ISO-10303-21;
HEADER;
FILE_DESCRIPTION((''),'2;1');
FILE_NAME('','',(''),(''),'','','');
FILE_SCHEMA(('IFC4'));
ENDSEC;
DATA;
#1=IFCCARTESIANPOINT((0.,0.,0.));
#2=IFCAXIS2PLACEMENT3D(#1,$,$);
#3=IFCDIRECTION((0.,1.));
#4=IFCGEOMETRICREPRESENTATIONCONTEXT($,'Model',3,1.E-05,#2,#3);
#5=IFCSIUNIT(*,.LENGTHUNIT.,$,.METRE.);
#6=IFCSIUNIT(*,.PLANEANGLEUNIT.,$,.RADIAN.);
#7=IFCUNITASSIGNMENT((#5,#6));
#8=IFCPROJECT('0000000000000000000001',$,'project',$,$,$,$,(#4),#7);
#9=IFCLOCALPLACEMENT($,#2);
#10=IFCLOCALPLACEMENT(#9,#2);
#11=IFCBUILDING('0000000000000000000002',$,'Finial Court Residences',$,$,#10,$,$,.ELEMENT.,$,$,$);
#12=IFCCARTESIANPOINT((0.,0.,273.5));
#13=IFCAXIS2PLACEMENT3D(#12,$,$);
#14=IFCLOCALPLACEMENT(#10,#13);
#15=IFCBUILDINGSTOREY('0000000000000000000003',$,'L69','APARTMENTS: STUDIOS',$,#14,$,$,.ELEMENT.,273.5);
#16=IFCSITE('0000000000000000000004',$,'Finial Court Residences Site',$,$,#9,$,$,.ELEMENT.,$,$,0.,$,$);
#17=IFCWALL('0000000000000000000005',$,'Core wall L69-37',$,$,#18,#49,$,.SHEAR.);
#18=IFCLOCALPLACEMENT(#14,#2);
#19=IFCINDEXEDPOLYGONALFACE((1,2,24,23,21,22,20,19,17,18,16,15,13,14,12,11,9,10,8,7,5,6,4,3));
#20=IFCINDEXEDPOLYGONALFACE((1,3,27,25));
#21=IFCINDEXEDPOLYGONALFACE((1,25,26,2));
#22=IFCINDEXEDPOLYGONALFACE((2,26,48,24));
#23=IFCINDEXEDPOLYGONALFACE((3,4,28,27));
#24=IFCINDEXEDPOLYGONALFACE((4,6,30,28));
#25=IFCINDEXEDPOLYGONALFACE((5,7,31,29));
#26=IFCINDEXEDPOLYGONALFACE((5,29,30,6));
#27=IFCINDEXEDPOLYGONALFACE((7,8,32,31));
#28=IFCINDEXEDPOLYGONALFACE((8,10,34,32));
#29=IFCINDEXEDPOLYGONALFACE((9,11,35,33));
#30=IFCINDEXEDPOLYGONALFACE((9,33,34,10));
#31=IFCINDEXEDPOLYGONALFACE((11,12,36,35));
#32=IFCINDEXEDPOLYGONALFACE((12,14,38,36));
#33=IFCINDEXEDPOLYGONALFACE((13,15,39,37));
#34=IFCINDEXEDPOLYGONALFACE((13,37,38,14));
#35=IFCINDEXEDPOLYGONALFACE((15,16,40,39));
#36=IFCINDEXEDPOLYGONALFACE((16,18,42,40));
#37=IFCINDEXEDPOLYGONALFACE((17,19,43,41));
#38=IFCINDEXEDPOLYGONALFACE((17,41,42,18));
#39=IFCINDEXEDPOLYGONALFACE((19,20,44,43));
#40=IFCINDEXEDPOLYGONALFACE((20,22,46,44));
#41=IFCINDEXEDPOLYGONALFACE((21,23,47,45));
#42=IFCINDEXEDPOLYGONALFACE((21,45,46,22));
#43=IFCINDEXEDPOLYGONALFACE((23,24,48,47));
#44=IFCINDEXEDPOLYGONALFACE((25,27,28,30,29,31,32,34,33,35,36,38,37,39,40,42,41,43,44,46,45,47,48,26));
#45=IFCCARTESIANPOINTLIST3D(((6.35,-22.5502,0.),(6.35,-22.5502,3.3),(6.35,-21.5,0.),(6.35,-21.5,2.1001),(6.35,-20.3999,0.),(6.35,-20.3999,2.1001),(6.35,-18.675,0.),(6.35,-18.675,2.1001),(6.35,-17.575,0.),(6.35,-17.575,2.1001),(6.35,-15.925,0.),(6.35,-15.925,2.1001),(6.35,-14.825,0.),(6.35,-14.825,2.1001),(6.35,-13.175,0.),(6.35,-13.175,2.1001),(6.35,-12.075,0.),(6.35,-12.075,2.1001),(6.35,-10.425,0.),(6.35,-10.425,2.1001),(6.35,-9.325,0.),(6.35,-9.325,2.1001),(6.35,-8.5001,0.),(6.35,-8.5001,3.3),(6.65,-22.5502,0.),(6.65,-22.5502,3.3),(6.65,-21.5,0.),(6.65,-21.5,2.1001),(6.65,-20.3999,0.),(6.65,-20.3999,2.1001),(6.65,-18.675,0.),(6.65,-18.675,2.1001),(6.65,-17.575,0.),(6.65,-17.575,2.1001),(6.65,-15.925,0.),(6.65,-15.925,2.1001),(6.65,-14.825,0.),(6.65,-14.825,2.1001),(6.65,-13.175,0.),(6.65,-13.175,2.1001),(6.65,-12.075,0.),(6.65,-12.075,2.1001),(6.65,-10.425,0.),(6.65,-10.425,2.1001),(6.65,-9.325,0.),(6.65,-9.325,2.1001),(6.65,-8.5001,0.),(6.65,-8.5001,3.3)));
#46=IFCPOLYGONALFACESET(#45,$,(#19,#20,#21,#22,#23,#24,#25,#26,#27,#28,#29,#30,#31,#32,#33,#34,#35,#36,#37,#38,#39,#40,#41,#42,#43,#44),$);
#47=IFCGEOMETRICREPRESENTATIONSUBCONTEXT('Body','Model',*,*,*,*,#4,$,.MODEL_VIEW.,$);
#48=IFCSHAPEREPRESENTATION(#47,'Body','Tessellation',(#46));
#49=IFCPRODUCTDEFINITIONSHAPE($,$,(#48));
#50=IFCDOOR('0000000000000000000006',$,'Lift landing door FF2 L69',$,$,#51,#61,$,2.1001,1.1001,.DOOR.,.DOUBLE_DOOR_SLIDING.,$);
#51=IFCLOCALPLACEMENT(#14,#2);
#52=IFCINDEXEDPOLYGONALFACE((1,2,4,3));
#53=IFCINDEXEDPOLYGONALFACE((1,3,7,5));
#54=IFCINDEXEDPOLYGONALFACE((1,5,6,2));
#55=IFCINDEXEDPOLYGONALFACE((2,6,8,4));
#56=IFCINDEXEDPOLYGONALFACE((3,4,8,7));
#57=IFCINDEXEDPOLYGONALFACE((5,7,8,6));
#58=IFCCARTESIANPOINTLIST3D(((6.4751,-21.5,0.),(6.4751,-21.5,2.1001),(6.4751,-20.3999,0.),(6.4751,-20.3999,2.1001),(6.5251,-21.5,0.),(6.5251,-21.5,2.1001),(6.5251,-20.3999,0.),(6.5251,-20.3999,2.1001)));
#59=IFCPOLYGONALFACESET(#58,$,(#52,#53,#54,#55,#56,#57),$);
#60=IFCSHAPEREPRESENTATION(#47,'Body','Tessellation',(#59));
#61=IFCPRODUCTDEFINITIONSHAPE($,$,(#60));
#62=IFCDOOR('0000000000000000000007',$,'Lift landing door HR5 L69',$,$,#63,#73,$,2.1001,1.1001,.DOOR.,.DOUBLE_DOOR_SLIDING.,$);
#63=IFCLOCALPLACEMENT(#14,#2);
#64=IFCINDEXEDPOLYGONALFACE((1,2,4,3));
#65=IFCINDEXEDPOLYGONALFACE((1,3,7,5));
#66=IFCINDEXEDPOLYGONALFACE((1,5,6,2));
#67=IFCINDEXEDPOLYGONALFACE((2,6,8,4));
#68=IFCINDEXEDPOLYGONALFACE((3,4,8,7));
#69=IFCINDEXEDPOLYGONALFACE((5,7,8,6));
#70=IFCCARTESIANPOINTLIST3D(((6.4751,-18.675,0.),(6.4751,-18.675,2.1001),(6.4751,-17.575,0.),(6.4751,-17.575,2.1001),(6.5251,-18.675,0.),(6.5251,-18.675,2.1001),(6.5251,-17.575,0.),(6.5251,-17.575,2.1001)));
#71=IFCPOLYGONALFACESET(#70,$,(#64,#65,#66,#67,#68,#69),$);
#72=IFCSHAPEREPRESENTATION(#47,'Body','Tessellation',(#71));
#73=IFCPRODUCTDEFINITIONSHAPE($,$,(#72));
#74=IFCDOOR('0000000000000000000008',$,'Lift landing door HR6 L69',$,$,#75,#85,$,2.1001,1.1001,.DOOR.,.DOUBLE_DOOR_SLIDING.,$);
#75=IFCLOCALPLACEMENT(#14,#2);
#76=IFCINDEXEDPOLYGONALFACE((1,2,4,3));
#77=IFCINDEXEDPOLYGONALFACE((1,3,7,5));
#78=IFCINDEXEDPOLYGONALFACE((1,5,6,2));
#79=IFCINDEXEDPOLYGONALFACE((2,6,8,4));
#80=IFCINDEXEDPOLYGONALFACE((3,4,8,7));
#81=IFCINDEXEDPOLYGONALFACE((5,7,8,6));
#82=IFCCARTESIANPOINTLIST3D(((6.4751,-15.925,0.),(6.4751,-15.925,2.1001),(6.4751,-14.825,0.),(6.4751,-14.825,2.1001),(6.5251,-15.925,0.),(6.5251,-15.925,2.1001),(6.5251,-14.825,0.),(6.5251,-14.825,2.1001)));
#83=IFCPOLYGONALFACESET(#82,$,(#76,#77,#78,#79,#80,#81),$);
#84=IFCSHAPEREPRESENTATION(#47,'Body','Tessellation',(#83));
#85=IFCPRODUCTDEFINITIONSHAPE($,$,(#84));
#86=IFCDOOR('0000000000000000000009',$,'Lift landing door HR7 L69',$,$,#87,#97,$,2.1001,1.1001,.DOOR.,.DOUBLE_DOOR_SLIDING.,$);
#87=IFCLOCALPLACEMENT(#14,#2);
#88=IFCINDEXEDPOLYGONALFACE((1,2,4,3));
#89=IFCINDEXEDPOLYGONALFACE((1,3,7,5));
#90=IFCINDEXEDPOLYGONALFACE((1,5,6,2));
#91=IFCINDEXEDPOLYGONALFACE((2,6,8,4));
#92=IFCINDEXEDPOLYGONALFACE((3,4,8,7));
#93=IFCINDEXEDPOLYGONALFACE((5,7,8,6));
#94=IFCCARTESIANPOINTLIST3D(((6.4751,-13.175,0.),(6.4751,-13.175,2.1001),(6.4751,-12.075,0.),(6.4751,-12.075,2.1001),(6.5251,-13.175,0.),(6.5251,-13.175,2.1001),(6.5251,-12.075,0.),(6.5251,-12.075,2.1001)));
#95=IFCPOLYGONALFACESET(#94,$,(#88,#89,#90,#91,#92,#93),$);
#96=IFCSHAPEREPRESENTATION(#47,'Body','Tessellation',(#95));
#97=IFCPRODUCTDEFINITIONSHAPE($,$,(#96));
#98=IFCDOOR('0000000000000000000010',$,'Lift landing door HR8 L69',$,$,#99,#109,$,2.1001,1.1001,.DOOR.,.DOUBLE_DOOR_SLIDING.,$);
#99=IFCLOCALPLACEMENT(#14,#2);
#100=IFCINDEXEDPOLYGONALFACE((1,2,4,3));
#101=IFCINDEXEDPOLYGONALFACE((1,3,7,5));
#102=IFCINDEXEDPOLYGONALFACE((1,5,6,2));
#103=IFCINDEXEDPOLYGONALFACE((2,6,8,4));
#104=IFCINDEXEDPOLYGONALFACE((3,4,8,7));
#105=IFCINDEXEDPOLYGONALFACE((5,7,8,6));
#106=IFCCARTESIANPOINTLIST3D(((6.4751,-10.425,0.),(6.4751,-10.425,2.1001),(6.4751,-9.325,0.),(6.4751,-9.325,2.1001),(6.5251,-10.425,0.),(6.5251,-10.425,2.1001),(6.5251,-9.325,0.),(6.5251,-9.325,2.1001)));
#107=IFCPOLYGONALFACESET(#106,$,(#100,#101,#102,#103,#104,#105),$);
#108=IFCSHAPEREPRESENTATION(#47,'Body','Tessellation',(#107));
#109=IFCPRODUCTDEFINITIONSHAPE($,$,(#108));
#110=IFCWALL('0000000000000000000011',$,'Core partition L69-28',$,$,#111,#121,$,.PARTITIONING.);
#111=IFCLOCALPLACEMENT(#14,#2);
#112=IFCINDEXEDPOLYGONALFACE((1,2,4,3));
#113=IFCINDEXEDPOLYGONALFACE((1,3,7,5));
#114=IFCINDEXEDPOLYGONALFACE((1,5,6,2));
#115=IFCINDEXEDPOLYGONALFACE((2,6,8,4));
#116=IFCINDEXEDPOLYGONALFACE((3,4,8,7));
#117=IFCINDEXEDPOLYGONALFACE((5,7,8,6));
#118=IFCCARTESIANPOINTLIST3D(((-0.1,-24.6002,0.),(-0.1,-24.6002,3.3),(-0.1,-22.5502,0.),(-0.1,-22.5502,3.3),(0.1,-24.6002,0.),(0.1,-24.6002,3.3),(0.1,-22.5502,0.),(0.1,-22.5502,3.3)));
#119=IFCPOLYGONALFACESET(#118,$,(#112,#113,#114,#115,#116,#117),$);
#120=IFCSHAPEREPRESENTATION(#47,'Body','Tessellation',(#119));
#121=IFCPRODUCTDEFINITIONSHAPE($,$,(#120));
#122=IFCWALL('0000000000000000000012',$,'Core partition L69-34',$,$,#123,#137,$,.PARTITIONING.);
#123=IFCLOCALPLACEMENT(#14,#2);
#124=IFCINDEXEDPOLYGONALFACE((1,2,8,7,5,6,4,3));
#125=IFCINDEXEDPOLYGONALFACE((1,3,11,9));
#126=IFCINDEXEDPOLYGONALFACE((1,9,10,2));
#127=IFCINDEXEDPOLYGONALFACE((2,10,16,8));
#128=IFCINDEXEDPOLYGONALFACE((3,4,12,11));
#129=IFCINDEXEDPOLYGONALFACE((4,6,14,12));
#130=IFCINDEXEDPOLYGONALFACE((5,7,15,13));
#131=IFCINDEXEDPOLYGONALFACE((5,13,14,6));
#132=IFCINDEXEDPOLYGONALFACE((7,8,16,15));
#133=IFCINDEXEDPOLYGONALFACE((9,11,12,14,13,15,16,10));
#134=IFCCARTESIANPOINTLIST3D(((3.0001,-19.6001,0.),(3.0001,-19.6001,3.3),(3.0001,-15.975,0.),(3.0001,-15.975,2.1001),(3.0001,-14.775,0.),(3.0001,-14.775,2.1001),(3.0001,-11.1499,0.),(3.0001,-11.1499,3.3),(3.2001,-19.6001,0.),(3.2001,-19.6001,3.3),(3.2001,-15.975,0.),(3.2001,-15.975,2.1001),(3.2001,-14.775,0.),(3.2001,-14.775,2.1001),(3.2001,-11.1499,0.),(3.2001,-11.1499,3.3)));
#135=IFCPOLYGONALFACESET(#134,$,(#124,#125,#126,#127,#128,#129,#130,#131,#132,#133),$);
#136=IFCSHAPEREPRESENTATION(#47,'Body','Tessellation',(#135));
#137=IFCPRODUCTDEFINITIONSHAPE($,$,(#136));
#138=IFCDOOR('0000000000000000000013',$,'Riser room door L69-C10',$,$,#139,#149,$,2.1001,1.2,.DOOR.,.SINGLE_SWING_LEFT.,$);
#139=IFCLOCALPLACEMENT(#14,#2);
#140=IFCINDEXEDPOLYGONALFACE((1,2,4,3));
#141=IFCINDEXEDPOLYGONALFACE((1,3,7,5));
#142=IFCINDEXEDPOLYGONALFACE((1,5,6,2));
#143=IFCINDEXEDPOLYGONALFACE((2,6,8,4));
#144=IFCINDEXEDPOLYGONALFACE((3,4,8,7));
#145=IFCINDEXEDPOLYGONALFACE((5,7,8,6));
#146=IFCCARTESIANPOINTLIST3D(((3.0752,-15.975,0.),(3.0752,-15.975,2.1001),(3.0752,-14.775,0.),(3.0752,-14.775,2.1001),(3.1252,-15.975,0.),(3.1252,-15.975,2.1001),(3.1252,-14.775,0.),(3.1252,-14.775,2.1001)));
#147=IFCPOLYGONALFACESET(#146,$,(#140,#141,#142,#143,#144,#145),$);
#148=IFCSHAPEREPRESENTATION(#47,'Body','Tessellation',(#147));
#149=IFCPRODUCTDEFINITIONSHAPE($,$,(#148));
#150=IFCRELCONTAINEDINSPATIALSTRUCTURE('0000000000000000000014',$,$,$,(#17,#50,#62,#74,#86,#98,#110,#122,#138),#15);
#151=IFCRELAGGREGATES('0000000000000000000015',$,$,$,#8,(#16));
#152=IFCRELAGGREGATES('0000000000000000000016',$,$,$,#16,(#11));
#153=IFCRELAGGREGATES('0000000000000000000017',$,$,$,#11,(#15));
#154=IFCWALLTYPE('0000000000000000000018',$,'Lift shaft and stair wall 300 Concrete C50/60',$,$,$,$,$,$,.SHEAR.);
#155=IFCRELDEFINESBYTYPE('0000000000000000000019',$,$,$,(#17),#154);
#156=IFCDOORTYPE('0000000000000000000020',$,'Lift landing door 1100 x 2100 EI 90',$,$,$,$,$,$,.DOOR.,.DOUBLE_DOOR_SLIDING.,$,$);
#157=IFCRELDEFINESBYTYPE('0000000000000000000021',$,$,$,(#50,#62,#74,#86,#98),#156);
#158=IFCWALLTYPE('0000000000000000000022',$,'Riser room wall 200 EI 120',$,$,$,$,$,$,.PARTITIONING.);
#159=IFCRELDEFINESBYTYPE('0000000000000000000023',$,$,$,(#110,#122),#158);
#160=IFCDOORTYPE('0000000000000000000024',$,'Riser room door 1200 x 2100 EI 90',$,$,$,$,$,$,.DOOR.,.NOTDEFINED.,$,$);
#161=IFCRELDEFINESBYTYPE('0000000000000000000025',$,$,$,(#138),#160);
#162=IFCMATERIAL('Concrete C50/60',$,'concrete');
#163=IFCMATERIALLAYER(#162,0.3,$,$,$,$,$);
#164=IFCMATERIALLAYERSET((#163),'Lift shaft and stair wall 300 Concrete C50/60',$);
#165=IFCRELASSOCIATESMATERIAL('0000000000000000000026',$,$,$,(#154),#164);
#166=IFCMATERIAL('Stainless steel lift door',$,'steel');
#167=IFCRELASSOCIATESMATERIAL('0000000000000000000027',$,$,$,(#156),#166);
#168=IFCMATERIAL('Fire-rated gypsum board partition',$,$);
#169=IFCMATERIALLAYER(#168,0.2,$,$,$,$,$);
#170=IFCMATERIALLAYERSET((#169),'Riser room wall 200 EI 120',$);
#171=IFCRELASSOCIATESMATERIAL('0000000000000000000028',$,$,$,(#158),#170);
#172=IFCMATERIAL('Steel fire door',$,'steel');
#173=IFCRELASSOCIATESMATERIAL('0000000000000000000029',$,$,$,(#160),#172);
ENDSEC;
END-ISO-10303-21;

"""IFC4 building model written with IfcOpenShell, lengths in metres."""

from ifc_helpers import new_model, si_unit, direction, frame, frame_2d, origin, place, context, subcontext, project, spatial, rectangle, extrude, material, layer, layer_set, type_object, element, fill, save


model = new_model("IFC4")

# Units and contexts
model_context = context("Model", 3, precision=1e-05, world=origin(), true_north=direction((0.0, 1.0)))
body_context = subcontext(model_context, "Body", "Model", "MODEL_VIEW")
ifc_project = project(units=[si_unit("LENGTHUNIT", "METRE"), si_unit("PLANEANGLEUNIT", "RADIAN")], contexts=[model_context])

# Site, building, storey
site_placement = place(None, origin())
site = spatial("IfcSite", under=ifc_project, at=site_placement, Name="Finial Court Residences Site", CompositionType="ELEMENT", RefElevation=0.0)
building_placement = place(site_placement, origin())
building = spatial("IfcBuilding", under=site, at=building_placement, Name="Finial Court Residences", CompositionType="ELEMENT")
storey_placement = place(building_placement, frame((0.0, 0.0, 273.5)))
storey = spatial("IfcBuildingStorey", under=building, at=storey_placement, Name="L69", Description="APARTMENTS: STUDIOS", CompositionType="ELEMENT", Elevation=273.5)

# Shared definitions
ifc_material_1 = material(Name="Fire-rated gypsum board partition")
ifc_material_2 = material(Name="Steel fire door", Category="steel")

# Shared definitions
ifc_material_3 = material(Name="Concrete C50/60", Category="concrete")
ifc_layer_1 = layer(ifc_material_3, 0.3)
ifc_layer_set_1 = layer_set([ifc_layer_1], Name="Lift shaft and stair wall 300 Concrete C50/60")
wall_type_1 = type_object("IfcWallType", Name="Lift shaft and stair wall 300 Concrete C50/60", PredefinedType="SHEAR", material=ifc_layer_set_1)

# Shared definitions
ifc_material_4 = material(Name="Stainless steel lift door", Category="steel")
door_type_1 = type_object("IfcDoorType", Name="Lift landing door 1100 x 2100 EI 90", OperationType="DOUBLE_DOOR_SLIDING", PredefinedType="DOOR", material=ifc_material_4)

# Wall, openings, doors
wall_1_placement = place(storey_placement, frame((6.5, -22.55, 0.0), z_axis=(0.0, 0.0, 1.0), x_axis=(0.0, 1.0, 0.0)))
wall_1 = element("IfcWall", 1, at=wall_1_placement, inside=storey, type_object=wall_type_1, Name="Core wall L69-37", PredefinedType="SHEAR", context=body_context, shape_type="SweptSolid", body=[
    extrude(rectangle(XDim=14.05, YDim=0.3, at=frame_2d((7.0249, 0.0))), origin(), (0.0, 0.0, 1.0), 3.3),
])
opening_1_placement = place(wall_1_placement, frame((1.05, 0.0, 0.0)))
opening_1 = element("IfcOpeningElement", 2, at=opening_1_placement, cuts=wall_1, PredefinedType="OPENING", context=body_context, shape_type="SweptSolid", body=[
    extrude(rectangle(XDim=1.1001, YDim=2.1001, at=frame_2d((0.55, 1.05))), frame((0.0, 0.1599, 0.0), z_axis=(0.0, -1.0, 0.0), x_axis=(1.0, 0.0, 0.0)), (0.0, 0.0, 1.0), 0.3201),
])
opening_2_placement = place(wall_1_placement, frame((3.875, 0.0, 0.0)))
opening_2 = element("IfcOpeningElement", 3, at=opening_2_placement, cuts=wall_1, PredefinedType="OPENING", context=body_context, shape_type="SweptSolid", body=[
    extrude(rectangle(XDim=1.1001, YDim=2.1001, at=frame_2d((0.55, 1.05))), frame((0.0, 0.1599, 0.0), z_axis=(0.0, -1.0, 0.0), x_axis=(1.0, 0.0, 0.0)), (0.0, 0.0, 1.0), 0.3201),
])
opening_3_placement = place(wall_1_placement, frame((6.625, 0.0, 0.0)))
opening_3 = element("IfcOpeningElement", 4, at=opening_3_placement, cuts=wall_1, PredefinedType="OPENING", context=body_context, shape_type="SweptSolid", body=[
    extrude(rectangle(XDim=1.1001, YDim=2.1001, at=frame_2d((0.55, 1.05))), frame((0.0, 0.1599, 0.0), z_axis=(0.0, -1.0, 0.0), x_axis=(1.0, 0.0, 0.0)), (0.0, 0.0, 1.0), 0.3201),
])
opening_4_placement = place(wall_1_placement, frame((9.375, 0.0, 0.0)))
opening_4 = element("IfcOpeningElement", 5, at=opening_4_placement, cuts=wall_1, PredefinedType="OPENING", context=body_context, shape_type="SweptSolid", body=[
    extrude(rectangle(XDim=1.1001, YDim=2.1001, at=frame_2d((0.55, 1.05))), frame((0.0, 0.1599, 0.0), z_axis=(0.0, -1.0, 0.0), x_axis=(1.0, 0.0, 0.0)), (0.0, 0.0, 1.0), 0.3201),
])
opening_5_placement = place(wall_1_placement, frame((12.125, 0.0, 0.0)))
opening_5 = element("IfcOpeningElement", 6, at=opening_5_placement, cuts=wall_1, PredefinedType="OPENING", context=body_context, shape_type="SweptSolid", body=[
    extrude(rectangle(XDim=1.1001, YDim=2.1001, at=frame_2d((0.55, 1.05))), frame((0.0, 0.1599, 0.0), z_axis=(0.0, -1.0, 0.0), x_axis=(1.0, 0.0, 0.0)), (0.0, 0.0, 1.0), 0.3201),
])
door_1_placement = place(opening_1_placement, origin())
door_1 = element("IfcDoor", 7, at=door_1_placement, inside=storey, type_object=door_type_1, Name="Lift landing door FF2 L69", OperationType="DOUBLE_DOOR_SLIDING", OverallHeight=2.1001, OverallWidth=1.1001, PredefinedType="DOOR", context=body_context, shape_type="SweptSolid", body=[
    extrude(rectangle(XDim=1.1001, YDim=2.1001, at=frame_2d((0.55, 1.05))), frame((0.0, 0.0249, 0.0), z_axis=(0.0, -1.0, 0.0), x_axis=(1.0, 0.0, 0.0)), (0.0, 0.0, 1.0), 0.05),
])
fill(opening_1, door_1)
door_2_placement = place(opening_2_placement, origin())
door_2 = element("IfcDoor", 8, at=door_2_placement, inside=storey, type_object=door_type_1, Name="Lift landing door HR5 L69", OperationType="DOUBLE_DOOR_SLIDING", OverallHeight=2.1001, OverallWidth=1.1001, PredefinedType="DOOR", context=body_context, shape_type="SweptSolid", body=[
    extrude(rectangle(XDim=1.1001, YDim=2.1001, at=frame_2d((0.55, 1.05))), frame((0.0, 0.0249, 0.0), z_axis=(0.0, -1.0, 0.0), x_axis=(1.0, 0.0, 0.0)), (0.0, 0.0, 1.0), 0.05),
])
fill(opening_2, door_2)
door_3_placement = place(opening_3_placement, origin())
door_3 = element("IfcDoor", 9, at=door_3_placement, inside=storey, type_object=door_type_1, Name="Lift landing door HR6 L69", OperationType="DOUBLE_DOOR_SLIDING", OverallHeight=2.1001, OverallWidth=1.1001, PredefinedType="DOOR", context=body_context, shape_type="SweptSolid", body=[
    extrude(rectangle(XDim=1.1001, YDim=2.1001, at=frame_2d((0.55, 1.05))), frame((0.0, 0.0249, 0.0), z_axis=(0.0, -1.0, 0.0), x_axis=(1.0, 0.0, 0.0)), (0.0, 0.0, 1.0), 0.05),
])
fill(opening_3, door_3)
door_4_placement = place(opening_4_placement, origin())
door_4 = element("IfcDoor", 10, at=door_4_placement, inside=storey, type_object=door_type_1, Name="Lift landing door HR7 L69", OperationType="DOUBLE_DOOR_SLIDING", OverallHeight=2.1001, OverallWidth=1.1001, PredefinedType="DOOR", context=body_context, shape_type="SweptSolid", body=[
    extrude(rectangle(XDim=1.1001, YDim=2.1001, at=frame_2d((0.55, 1.05))), frame((0.0, 0.0249, 0.0), z_axis=(0.0, -1.0, 0.0), x_axis=(1.0, 0.0, 0.0)), (0.0, 0.0, 1.0), 0.05),
])
fill(opening_4, door_4)
door_5_placement = place(opening_5_placement, origin())
door_5 = element("IfcDoor", 11, at=door_5_placement, inside=storey, type_object=door_type_1, Name="Lift landing door HR8 L69", OperationType="DOUBLE_DOOR_SLIDING", OverallHeight=2.1001, OverallWidth=1.1001, PredefinedType="DOOR", context=body_context, shape_type="SweptSolid", body=[
    extrude(rectangle(XDim=1.1001, YDim=2.1001, at=frame_2d((0.55, 1.05))), frame((0.0, 0.0249, 0.0), z_axis=(0.0, -1.0, 0.0), x_axis=(1.0, 0.0, 0.0)), (0.0, 0.0, 1.0), 0.05),
])
fill(opening_5, door_5)

# Wall
ifc_layer_2 = layer(ifc_material_1, 0.2)
ifc_layer_set_2 = layer_set([ifc_layer_2], Name="Riser room wall 200 EI 120")
wall_type_2 = type_object("IfcWallType", Name="Riser room wall 200 EI 120", PredefinedType="PARTITIONING", material=ifc_layer_set_2)
wall_2_placement = place(storey_placement, frame((0.0, -24.6001, 0.0), z_axis=(0.0, 0.0, 1.0), x_axis=(0.0, 1.0, 0.0)))
element("IfcWall", 12, at=wall_2_placement, inside=storey, type_object=wall_type_2, Name="Core partition L69-28", PredefinedType="PARTITIONING", context=body_context, shape_type="SweptSolid", body=[
    extrude(rectangle(XDim=2.05, YDim=0.2, at=frame_2d((1.0249, 0.0))), origin(), (0.0, 0.0, 1.0), 3.3),
])

# Wall, opening, door
wall_3_placement = place(storey_placement, frame((3.1001, -19.6001, 0.0), z_axis=(0.0, 0.0, 1.0), x_axis=(0.0, 1.0, 0.0)))
wall_3 = element("IfcWall", 13, at=wall_3_placement, inside=storey, type_object=wall_type_2, Name="Core partition L69-34", PredefinedType="PARTITIONING", context=body_context, shape_type="SweptSolid", body=[
    extrude(rectangle(XDim=8.4502, YDim=0.2, at=frame_2d((4.2251, 0.0))), origin(), (0.0, 0.0, 1.0), 3.3),
])
opening_6_placement = place(wall_3_placement, frame((3.625, 0.0, 0.0)))
opening_6 = element("IfcOpeningElement", 14, at=opening_6_placement, cuts=wall_3, PredefinedType="OPENING", context=body_context, shape_type="SweptSolid", body=[
    extrude(rectangle(XDim=1.2, YDim=2.1001, at=frame_2d((0.6001, 1.05))), frame((0.0, 0.1099, 0.0), z_axis=(0.0, -1.0, 0.0), x_axis=(1.0, 0.0, 0.0)), (0.0, 0.0, 1.0), 0.22),
])
door_type_2 = type_object("IfcDoorType", Name="Riser room door 1200 x 2100 EI 90", OperationType="NOTDEFINED", PredefinedType="DOOR", material=ifc_material_2)
door_6_placement = place(opening_6_placement, origin())
door_6 = element("IfcDoor", 15, at=door_6_placement, inside=storey, type_object=door_type_2, Name="Riser room door L69-C10", OperationType="SINGLE_SWING_LEFT", OverallHeight=2.1001, OverallWidth=1.2, PredefinedType="DOOR", context=body_context, shape_type="SweptSolid", body=[
    extrude(rectangle(XDim=1.2, YDim=2.1001, at=frame_2d((0.6001, 1.05))), frame((0.0, 0.0249, 0.0), z_axis=(0.0, -1.0, 0.0), x_axis=(1.0, 0.0, 0.0)), (0.0, 0.0, 1.0), 0.05),
])
fill(opening_6, door_6)

save(model, "model.ifc")
